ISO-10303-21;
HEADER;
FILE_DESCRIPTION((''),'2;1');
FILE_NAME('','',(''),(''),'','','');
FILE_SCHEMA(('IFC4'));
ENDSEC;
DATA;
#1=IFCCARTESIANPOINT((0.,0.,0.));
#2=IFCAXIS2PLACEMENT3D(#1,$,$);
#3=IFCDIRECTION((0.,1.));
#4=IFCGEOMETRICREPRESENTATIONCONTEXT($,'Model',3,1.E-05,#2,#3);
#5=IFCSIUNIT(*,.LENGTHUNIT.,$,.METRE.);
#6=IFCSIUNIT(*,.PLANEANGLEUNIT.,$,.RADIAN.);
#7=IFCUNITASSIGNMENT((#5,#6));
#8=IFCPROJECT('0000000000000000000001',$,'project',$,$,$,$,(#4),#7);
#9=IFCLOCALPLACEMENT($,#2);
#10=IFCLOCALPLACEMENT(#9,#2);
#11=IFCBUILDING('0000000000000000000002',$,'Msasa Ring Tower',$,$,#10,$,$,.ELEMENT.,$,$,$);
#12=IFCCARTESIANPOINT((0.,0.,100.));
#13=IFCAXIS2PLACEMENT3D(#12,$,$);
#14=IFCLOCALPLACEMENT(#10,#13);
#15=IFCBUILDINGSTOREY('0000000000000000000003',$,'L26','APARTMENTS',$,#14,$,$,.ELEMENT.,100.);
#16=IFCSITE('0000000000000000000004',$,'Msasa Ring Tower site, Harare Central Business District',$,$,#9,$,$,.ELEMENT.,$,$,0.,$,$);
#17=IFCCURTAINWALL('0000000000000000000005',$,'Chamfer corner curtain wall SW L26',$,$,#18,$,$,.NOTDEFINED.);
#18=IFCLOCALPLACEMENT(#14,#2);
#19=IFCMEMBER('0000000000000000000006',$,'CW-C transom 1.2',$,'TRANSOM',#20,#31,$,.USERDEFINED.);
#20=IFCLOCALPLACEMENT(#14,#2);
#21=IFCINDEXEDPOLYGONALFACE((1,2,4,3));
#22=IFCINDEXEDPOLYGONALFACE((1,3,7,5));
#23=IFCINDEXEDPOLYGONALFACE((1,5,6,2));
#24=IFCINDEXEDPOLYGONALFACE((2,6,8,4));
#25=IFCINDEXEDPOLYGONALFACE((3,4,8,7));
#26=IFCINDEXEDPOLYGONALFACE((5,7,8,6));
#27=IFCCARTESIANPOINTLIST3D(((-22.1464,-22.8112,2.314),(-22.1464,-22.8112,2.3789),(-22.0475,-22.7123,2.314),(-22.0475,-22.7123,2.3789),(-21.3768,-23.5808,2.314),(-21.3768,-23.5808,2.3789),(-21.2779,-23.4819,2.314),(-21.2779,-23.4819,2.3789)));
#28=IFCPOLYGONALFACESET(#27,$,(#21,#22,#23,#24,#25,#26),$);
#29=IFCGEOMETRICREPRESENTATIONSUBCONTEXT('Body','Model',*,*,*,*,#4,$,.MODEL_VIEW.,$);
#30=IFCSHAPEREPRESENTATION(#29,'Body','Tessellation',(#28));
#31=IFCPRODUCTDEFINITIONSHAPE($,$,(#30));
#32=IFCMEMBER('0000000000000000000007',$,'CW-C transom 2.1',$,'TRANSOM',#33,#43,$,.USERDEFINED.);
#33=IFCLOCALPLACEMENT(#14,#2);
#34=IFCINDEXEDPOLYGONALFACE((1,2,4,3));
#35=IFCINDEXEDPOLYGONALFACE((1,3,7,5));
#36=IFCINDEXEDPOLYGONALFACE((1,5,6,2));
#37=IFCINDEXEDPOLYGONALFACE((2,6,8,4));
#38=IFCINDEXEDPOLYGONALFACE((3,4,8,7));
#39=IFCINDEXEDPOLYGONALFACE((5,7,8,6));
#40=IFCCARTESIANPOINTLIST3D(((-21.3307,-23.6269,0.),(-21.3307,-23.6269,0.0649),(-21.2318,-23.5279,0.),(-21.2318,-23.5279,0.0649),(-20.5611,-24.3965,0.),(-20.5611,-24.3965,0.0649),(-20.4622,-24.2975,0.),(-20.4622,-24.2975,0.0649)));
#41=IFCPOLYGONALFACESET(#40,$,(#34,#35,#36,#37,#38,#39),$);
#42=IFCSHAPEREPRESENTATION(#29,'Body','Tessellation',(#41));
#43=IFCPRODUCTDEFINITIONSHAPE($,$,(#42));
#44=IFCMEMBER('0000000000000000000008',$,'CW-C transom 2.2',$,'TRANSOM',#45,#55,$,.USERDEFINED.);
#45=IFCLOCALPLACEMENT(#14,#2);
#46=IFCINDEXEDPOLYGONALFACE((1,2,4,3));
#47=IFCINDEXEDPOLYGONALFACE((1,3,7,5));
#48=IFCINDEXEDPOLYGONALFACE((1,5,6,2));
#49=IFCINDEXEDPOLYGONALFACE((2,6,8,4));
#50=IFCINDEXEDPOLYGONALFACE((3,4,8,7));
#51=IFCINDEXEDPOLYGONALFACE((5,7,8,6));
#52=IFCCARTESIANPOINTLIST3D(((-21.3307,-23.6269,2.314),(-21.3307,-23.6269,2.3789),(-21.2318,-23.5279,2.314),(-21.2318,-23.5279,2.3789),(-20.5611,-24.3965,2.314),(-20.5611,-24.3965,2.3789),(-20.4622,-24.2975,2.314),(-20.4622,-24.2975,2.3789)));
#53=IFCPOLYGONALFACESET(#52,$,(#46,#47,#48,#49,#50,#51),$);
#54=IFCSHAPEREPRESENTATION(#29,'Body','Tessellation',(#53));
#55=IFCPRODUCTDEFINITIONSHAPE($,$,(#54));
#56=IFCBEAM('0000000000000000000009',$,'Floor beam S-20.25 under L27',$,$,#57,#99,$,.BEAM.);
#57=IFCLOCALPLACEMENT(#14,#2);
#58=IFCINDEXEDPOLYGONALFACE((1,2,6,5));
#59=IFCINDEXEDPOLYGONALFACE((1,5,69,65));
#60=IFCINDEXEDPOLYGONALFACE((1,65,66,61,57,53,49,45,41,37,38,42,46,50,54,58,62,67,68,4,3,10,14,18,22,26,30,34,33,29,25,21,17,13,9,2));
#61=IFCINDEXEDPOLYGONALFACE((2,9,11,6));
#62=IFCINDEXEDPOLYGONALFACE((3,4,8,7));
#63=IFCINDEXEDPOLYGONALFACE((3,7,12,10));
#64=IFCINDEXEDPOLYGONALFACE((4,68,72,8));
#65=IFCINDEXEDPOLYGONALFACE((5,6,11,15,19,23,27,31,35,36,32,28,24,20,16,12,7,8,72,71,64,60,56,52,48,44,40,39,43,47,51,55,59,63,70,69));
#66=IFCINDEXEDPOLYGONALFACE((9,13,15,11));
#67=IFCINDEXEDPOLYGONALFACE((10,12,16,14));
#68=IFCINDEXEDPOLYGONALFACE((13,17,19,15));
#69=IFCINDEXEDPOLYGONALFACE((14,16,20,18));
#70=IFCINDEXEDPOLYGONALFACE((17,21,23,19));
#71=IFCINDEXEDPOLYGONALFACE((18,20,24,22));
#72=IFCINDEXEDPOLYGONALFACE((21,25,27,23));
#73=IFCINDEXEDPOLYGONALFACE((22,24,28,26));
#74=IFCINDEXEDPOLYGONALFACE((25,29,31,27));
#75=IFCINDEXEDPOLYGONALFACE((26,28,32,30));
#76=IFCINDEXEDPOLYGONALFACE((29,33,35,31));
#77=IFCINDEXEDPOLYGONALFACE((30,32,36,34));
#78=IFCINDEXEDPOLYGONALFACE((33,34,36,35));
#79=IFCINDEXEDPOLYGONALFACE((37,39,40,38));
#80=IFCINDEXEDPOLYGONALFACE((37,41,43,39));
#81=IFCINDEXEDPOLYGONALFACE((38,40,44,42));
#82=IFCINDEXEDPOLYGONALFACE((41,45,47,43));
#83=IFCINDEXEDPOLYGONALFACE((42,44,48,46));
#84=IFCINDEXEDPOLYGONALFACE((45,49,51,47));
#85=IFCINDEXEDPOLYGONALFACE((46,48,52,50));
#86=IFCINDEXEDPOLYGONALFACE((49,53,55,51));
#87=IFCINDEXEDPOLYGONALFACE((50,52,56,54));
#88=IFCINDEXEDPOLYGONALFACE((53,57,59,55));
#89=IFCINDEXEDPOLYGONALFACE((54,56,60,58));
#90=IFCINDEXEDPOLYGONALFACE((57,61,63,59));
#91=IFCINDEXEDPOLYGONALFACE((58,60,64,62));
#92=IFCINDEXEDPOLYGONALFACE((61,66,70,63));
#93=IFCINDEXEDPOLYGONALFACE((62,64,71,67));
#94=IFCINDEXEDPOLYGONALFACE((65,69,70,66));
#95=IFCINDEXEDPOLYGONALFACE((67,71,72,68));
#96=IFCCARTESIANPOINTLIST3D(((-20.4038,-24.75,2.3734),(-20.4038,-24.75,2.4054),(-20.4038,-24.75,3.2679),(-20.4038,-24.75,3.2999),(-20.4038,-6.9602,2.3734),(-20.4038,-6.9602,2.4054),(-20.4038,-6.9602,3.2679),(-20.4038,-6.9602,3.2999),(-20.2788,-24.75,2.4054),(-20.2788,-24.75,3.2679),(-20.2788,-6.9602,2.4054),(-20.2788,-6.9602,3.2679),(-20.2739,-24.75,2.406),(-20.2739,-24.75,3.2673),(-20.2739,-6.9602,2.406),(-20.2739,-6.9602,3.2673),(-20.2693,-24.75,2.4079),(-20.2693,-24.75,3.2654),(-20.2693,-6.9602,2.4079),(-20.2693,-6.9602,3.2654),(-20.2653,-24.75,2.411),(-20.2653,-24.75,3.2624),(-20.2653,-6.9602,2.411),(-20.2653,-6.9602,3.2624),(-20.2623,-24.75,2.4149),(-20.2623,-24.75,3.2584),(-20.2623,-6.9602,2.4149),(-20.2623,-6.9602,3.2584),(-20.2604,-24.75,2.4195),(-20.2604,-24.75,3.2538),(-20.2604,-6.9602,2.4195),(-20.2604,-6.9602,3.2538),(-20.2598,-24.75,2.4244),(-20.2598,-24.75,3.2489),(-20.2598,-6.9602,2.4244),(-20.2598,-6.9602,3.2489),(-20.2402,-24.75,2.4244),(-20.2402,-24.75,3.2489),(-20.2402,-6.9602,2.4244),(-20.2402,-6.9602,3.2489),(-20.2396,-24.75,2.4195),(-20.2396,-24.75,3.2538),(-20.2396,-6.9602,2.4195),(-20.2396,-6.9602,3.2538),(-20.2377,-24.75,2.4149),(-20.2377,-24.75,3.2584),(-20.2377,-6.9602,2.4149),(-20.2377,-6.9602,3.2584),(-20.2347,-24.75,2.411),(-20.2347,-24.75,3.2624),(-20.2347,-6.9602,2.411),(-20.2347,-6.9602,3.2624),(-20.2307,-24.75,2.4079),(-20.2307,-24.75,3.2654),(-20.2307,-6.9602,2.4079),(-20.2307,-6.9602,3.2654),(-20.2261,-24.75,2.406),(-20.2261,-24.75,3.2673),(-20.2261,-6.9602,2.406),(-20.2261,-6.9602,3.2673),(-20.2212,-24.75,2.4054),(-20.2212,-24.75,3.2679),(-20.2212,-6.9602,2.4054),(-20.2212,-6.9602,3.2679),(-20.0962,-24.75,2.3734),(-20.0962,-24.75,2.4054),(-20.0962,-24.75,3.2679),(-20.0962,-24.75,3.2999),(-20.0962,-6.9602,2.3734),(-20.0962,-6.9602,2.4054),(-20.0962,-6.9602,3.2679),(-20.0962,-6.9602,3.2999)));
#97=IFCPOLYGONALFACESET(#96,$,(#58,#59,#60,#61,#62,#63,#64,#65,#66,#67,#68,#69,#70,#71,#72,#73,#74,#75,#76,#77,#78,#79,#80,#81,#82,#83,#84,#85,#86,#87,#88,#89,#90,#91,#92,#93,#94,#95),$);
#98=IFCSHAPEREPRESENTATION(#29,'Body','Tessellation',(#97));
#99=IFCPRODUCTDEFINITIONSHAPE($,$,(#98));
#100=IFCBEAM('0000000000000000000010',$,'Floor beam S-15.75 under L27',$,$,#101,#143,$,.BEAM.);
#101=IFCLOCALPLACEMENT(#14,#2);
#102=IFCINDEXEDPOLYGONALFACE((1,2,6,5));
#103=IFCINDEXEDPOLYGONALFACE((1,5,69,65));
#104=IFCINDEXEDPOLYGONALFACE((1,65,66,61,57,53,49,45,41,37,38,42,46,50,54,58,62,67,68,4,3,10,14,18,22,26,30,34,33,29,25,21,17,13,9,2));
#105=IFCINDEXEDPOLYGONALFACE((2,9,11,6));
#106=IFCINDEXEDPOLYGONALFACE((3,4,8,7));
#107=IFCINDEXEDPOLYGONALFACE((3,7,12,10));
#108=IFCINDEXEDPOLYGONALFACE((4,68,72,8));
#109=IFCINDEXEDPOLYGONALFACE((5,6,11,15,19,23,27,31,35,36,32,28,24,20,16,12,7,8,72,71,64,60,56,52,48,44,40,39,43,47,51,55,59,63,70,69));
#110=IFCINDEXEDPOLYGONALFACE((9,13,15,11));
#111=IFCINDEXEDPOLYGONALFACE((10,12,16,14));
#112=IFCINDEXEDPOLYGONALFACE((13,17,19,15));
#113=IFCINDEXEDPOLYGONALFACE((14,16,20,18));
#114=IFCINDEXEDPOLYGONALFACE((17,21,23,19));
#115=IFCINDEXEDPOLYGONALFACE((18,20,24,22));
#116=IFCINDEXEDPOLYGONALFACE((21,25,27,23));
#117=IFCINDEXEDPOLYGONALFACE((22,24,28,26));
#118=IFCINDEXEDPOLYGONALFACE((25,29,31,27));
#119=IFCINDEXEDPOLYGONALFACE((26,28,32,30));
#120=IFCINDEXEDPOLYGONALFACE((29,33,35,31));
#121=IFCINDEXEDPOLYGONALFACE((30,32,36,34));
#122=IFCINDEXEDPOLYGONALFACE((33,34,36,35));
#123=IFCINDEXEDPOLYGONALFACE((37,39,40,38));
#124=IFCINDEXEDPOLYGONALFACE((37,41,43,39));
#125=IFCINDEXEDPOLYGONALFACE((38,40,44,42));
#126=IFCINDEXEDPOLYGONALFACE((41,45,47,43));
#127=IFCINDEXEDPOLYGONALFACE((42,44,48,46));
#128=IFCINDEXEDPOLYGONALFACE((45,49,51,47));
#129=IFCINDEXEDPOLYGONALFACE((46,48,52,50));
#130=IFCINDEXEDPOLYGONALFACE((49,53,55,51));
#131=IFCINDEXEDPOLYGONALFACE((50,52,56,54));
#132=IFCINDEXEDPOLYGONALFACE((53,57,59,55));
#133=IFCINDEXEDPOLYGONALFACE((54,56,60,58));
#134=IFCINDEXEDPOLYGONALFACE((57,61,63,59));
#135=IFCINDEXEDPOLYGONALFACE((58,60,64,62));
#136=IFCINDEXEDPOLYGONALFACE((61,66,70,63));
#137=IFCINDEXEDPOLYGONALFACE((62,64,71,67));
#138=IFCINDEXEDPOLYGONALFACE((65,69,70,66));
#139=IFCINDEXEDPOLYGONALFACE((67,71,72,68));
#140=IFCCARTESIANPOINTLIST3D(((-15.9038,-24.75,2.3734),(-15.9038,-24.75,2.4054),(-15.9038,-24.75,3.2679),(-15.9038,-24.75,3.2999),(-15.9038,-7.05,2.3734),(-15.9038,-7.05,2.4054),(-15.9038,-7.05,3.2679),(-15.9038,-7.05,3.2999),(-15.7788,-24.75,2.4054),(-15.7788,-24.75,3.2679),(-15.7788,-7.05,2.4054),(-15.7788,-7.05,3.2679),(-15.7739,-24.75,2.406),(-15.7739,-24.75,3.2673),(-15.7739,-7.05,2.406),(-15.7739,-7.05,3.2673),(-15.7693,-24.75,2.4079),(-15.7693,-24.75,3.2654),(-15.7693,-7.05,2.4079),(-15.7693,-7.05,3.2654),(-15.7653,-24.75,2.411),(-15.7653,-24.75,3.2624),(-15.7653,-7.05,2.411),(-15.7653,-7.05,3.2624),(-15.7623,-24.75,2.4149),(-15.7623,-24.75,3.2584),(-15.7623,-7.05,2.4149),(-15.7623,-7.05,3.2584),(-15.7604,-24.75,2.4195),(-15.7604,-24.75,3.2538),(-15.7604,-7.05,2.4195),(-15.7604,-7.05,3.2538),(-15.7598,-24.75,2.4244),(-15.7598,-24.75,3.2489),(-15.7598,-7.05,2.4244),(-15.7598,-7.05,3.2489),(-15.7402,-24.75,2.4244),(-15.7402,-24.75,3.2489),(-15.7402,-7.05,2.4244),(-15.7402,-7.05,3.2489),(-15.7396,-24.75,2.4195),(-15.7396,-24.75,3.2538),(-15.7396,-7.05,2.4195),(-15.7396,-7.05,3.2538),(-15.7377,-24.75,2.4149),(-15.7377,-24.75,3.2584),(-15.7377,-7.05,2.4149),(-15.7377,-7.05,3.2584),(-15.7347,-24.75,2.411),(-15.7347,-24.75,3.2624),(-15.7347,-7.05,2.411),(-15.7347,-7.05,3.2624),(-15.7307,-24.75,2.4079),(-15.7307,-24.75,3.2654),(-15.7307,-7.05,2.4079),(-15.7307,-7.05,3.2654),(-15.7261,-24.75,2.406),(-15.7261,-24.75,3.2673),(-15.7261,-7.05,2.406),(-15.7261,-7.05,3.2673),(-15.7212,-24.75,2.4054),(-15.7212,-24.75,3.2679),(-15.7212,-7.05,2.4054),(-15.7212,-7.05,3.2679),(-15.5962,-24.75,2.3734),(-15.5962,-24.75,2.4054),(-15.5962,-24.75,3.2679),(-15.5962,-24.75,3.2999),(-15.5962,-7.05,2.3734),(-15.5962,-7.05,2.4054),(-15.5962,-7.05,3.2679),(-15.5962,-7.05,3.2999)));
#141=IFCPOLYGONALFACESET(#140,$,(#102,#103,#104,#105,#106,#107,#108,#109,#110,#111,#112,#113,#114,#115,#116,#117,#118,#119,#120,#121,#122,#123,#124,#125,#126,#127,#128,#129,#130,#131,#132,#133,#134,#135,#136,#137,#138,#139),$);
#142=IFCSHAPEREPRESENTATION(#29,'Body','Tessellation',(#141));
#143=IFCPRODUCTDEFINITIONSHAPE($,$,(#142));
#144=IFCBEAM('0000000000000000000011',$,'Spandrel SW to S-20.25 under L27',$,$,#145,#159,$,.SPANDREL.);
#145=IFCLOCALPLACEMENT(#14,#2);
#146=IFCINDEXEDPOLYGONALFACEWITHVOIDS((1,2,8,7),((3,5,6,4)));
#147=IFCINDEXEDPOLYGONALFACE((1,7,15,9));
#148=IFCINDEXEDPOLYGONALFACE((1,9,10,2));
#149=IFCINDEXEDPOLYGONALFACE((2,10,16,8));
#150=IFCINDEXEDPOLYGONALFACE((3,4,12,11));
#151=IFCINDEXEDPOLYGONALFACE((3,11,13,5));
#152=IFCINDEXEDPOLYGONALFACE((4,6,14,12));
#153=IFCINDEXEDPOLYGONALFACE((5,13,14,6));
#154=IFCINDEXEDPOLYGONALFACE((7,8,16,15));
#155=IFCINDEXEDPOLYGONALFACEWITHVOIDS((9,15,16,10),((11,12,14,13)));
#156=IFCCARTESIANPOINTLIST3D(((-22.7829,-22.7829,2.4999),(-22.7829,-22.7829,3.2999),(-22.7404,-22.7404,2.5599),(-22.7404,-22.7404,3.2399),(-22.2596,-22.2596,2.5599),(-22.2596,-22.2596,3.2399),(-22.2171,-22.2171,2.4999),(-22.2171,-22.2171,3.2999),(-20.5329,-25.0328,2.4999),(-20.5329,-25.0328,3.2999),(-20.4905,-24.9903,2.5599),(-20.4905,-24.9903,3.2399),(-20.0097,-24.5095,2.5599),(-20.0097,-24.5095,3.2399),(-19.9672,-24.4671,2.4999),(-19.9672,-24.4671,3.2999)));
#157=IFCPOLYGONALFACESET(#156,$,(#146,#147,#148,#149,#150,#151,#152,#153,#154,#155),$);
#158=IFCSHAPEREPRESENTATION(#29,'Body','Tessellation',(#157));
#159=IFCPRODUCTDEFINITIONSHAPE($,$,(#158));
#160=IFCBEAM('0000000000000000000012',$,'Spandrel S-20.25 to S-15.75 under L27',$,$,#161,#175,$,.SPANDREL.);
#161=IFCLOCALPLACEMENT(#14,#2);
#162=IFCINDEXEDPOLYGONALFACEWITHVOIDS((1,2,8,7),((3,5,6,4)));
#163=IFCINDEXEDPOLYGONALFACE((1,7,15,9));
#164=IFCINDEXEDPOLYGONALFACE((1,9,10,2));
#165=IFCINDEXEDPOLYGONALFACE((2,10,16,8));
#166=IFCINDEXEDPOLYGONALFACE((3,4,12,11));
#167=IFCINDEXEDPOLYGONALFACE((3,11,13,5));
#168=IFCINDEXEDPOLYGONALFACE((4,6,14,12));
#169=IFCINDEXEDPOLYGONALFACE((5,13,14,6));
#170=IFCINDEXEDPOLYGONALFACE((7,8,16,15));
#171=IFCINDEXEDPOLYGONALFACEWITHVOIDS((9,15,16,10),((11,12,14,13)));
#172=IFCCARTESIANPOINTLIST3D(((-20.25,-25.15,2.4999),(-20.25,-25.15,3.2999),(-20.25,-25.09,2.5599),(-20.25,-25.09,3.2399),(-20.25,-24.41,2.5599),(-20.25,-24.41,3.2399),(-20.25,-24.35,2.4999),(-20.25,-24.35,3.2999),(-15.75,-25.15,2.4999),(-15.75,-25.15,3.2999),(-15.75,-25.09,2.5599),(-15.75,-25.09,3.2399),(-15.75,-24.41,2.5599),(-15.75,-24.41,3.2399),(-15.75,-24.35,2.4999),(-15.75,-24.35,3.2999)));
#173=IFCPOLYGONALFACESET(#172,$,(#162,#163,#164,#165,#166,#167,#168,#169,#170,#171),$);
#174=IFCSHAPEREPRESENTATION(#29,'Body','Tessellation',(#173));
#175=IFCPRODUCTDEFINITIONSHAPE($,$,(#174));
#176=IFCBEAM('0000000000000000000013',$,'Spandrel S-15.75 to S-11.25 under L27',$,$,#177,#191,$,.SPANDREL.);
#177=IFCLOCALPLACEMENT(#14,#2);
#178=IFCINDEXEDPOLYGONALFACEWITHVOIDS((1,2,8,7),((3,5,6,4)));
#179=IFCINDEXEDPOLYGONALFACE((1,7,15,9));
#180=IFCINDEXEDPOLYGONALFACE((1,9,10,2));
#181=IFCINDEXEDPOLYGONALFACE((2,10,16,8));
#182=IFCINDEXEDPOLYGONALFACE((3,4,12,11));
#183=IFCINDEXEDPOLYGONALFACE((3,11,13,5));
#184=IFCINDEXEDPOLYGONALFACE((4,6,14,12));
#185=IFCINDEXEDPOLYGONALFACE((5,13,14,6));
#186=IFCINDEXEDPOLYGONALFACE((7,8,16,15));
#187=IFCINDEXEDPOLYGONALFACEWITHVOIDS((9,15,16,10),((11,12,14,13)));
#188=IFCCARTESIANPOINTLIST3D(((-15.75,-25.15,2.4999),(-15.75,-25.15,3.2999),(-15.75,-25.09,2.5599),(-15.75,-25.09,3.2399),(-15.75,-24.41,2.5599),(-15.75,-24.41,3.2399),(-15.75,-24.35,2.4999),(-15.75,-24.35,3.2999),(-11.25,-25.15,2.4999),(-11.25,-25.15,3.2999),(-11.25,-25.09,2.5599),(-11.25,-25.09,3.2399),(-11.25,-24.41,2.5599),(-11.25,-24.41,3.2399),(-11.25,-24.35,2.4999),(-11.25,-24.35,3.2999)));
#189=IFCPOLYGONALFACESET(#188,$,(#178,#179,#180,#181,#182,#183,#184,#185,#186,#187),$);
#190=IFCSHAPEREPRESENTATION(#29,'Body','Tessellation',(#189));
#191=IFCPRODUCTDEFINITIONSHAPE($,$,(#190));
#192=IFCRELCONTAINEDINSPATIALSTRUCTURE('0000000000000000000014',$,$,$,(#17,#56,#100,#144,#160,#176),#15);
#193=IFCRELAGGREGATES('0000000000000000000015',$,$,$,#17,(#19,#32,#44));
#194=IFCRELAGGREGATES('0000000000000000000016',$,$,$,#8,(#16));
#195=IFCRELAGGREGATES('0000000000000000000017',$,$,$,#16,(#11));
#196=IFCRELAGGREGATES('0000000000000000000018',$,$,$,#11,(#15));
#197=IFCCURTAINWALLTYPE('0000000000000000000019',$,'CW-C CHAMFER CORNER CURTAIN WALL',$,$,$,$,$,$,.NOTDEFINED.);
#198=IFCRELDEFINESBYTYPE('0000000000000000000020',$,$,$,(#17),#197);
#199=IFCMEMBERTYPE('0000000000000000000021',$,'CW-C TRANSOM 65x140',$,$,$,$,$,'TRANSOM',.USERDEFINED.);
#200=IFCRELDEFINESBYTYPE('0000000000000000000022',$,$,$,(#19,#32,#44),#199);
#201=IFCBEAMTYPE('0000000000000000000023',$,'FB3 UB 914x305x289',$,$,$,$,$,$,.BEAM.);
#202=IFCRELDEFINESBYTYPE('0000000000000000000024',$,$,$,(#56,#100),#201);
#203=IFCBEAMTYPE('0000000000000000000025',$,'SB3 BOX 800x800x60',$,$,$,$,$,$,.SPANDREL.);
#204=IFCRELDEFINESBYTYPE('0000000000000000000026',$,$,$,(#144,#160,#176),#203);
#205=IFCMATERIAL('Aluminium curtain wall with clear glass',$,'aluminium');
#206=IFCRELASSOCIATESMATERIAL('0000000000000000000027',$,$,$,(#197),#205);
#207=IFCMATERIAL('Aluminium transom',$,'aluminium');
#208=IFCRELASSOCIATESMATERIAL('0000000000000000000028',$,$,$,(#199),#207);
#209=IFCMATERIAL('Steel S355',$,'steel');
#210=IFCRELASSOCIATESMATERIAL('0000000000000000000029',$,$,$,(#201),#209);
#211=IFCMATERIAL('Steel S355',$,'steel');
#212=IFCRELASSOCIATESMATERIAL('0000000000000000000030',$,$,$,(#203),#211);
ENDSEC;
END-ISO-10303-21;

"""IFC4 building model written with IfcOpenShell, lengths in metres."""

from ifc_helpers import new_model, si_unit, direction, frame, origin, origin_2d, place, context, subcontext, project, spatial, rectangle, hollow_rectangle, i_section, extrude, material, material_profile, profile_set, type_object, element, aggregate, save


model = new_model("IFC4")

# Units and contexts
model_context = context("Model", 3, precision=1e-05, world=origin(), true_north=direction((0.0, 1.0)))
body_context = subcontext(model_context, "Body", "Model", "MODEL_VIEW")
ifc_project = project(units=[si_unit("LENGTHUNIT", "METRE"), si_unit("PLANEANGLEUNIT", "RADIAN")], contexts=[model_context])

# Site, building, storey
site_placement = place(None, origin())
site = spatial("IfcSite", under=ifc_project, at=site_placement, Name="Msasa Ring Tower site, Harare Central Business District", CompositionType="ELEMENT", RefElevation=0.0)
building_placement = place(site_placement, origin())
building = spatial("IfcBuilding", under=site, at=building_placement, Name="Msasa Ring Tower", CompositionType="ELEMENT")
storey_placement = place(building_placement, frame((0.0, 0.0, 100.0)))
storey = spatial("IfcBuildingStorey", under=building, at=storey_placement, Name="L26", Description="APARTMENTS", CompositionType="ELEMENT", Elevation=100.0)

# Curtain wall
ifc_material_1 = material(Name="Aluminium curtain wall with clear glass", Category="aluminium")
curtain_wall_type = type_object("IfcCurtainWallType", Name="CW-C CHAMFER CORNER CURTAIN WALL", PredefinedType="NOTDEFINED", material=ifc_material_1)
curtain_wall_1_placement = place(storey_placement, origin())
curtain_wall_1 = element("IfcCurtainWall", 1, at=curtain_wall_1_placement, inside=storey, type_object=curtain_wall_type, Name="Chamfer corner curtain wall SW L26", PredefinedType="NOTDEFINED")

# Members
ifc_material_2 = material(Name="Aluminium transom", Category="aluminium")
ifc_material_profile_1 = material_profile(ifc_material_2, rectangle(XDim=0.1399, YDim=0.0649, at=origin_2d()), Name="AL 65x140")
ifc_profile_set_1 = profile_set([ifc_material_profile_1], Name="Aluminium transom")
member_type_1 = type_object("IfcMemberType", Name="CW-C TRANSOM 65x140", ElementType="TRANSOM", PredefinedType="USERDEFINED", material=ifc_profile_set_1)
member_1_placement = place(storey_placement, frame((-22.0969, -22.7617, 2.3464), z_axis=(0.707107, -0.707107, 0.0), x_axis=(0.707107, 0.707107, 0.0)))
member_1 = element("IfcMember", 2, at=member_1_placement, type_object=member_type_1, Name="CW-C transom 1.2", ObjectType="TRANSOM", PredefinedType="USERDEFINED", context=body_context, shape_type="SweptSolid", body=[
    extrude(rectangle(XDim=0.1399, YDim=0.0649, at=origin_2d()), origin(), (0.0, 0.0, 1.0), 1.0884),
])
member_2_placement = place(storey_placement, frame((-21.2812, -23.5774, 0.0325), z_axis=(0.707107, -0.707107, 0.0), x_axis=(0.707107, 0.707107, 0.0)))
member_2 = element("IfcMember", 3, at=member_2_placement, type_object=member_type_1, Name="CW-C transom 2.1", ObjectType="TRANSOM", PredefinedType="USERDEFINED", context=body_context, shape_type="SweptSolid", body=[
    extrude(rectangle(XDim=0.1399, YDim=0.0649, at=origin_2d()), origin(), (0.0, 0.0, 1.0), 1.0884),
])
member_3_placement = place(storey_placement, frame((-21.2812, -23.5774, 2.3464), z_axis=(0.707107, -0.707107, 0.0), x_axis=(0.707107, 0.707107, 0.0)))
member_3 = element("IfcMember", 4, at=member_3_placement, type_object=member_type_1, Name="CW-C transom 2.2", ObjectType="TRANSOM", PredefinedType="USERDEFINED", context=body_context, shape_type="SweptSolid", body=[
    extrude(rectangle(XDim=0.1399, YDim=0.0649, at=origin_2d()), origin(), (0.0, 0.0, 1.0), 1.0884),
])

# Beams
ifc_material_3 = material(Name="Steel S355", Category="steel")
ifc_material_profile_2 = material_profile(ifc_material_3, i_section(OverallWidth=0.3076, OverallDepth=0.9265, WebThickness=0.0195, FlangeThickness=0.032, FilletRadius=0.019, at=origin_2d()), Name="UB 914x305x289")
ifc_profile_set_2 = profile_set([ifc_material_profile_2], Name="Steel S355")
beam_type_1 = type_object("IfcBeamType", Name="FB3 UB 914x305x289", PredefinedType="BEAM", material=ifc_profile_set_2)
beam_1_placement = place(storey_placement, frame((-20.25, -24.75, 2.8367), z_axis=(0.0, 1.0, 0.0), x_axis=(-1.0, 0.0, 0.0)))
element("IfcBeam", 5, at=beam_1_placement, inside=storey, type_object=beam_type_1, Name="Floor beam S-20.25 under L27", PredefinedType="BEAM", context=body_context, shape_type="SweptSolid", body=[
    extrude(i_section(OverallWidth=0.3076, OverallDepth=0.9265, WebThickness=0.0195, FlangeThickness=0.032, FilletRadius=0.019, at=origin_2d()), origin(), (0.0, 0.0, 1.0), 17.7898),
])
beam_2_placement = place(storey_placement, frame((-15.75, -24.75, 2.8367), z_axis=(0.0, 1.0, 0.0), x_axis=(-1.0, 0.0, 0.0)))
element("IfcBeam", 6, at=beam_2_placement, inside=storey, type_object=beam_type_1, Name="Floor beam S-15.75 under L27", PredefinedType="BEAM", context=body_context, shape_type="SweptSolid", body=[
    extrude(i_section(OverallWidth=0.3076, OverallDepth=0.9265, WebThickness=0.0195, FlangeThickness=0.032, FilletRadius=0.019, at=origin_2d()), origin(), (0.0, 0.0, 1.0), 17.7),
])
ifc_material_4 = material(Name="Steel S355", Category="steel")
ifc_material_profile_3 = material_profile(ifc_material_4, hollow_rectangle(XDim=0.8, YDim=0.8, WallThickness=0.0601, at=origin_2d()), Name="BOX 800x800x60")
ifc_profile_set_3 = profile_set([ifc_material_profile_3], Name="Steel S355")
beam_type_2 = type_object("IfcBeamType", Name="SB3 BOX 800x800x60", PredefinedType="SPANDREL", material=ifc_profile_set_3)
beam_3_placement = place(storey_placement, frame((-22.5, -22.5, 2.8999), z_axis=(0.707107, -0.707107, 0.0), x_axis=(0.707107, 0.707107, 0.0)))
element("IfcBeam", 7, at=beam_3_placement, inside=storey, type_object=beam_type_2, Name="Spandrel SW to S-20.25 under L27", PredefinedType="SPANDREL", context=body_context, shape_type="SweptSolid", body=[
    extrude(hollow_rectangle(XDim=0.8, YDim=0.8, WallThickness=0.0601, at=origin_2d()), origin(), (0.0, 0.0, 1.0), 3.1819),
])
for number, where, z_axis, x_axis, name in (
    (8, (-20.25, -24.75, 2.8999), (1.0, 0.0, 0.0), (0.0, 1.0, 0.0), "Spandrel S-20.25 to S-15.75 under L27"),
    (9, (-15.75, -24.75, 2.8999), (1.0, 0.0, 0.0), (0.0, 1.0, 0.0), "Spandrel S-15.75 to S-11.25 under L27"),
):
    element("IfcBeam", number, at=place(storey_placement, frame(where, z_axis=z_axis, x_axis=x_axis)), inside=storey, type_object=beam_type_2, Name=name, PredefinedType="SPANDREL", context=body_context, shape_type="SweptSolid", body=[
        extrude(hollow_rectangle(XDim=0.8, YDim=0.8, WallThickness=0.0601, at=origin_2d()), origin(), (0.0, 0.0, 1.0), 4.5),
    ])

aggregate(curtain_wall_1, [member_1, member_2, member_3])

save(model, "model.ifc")
